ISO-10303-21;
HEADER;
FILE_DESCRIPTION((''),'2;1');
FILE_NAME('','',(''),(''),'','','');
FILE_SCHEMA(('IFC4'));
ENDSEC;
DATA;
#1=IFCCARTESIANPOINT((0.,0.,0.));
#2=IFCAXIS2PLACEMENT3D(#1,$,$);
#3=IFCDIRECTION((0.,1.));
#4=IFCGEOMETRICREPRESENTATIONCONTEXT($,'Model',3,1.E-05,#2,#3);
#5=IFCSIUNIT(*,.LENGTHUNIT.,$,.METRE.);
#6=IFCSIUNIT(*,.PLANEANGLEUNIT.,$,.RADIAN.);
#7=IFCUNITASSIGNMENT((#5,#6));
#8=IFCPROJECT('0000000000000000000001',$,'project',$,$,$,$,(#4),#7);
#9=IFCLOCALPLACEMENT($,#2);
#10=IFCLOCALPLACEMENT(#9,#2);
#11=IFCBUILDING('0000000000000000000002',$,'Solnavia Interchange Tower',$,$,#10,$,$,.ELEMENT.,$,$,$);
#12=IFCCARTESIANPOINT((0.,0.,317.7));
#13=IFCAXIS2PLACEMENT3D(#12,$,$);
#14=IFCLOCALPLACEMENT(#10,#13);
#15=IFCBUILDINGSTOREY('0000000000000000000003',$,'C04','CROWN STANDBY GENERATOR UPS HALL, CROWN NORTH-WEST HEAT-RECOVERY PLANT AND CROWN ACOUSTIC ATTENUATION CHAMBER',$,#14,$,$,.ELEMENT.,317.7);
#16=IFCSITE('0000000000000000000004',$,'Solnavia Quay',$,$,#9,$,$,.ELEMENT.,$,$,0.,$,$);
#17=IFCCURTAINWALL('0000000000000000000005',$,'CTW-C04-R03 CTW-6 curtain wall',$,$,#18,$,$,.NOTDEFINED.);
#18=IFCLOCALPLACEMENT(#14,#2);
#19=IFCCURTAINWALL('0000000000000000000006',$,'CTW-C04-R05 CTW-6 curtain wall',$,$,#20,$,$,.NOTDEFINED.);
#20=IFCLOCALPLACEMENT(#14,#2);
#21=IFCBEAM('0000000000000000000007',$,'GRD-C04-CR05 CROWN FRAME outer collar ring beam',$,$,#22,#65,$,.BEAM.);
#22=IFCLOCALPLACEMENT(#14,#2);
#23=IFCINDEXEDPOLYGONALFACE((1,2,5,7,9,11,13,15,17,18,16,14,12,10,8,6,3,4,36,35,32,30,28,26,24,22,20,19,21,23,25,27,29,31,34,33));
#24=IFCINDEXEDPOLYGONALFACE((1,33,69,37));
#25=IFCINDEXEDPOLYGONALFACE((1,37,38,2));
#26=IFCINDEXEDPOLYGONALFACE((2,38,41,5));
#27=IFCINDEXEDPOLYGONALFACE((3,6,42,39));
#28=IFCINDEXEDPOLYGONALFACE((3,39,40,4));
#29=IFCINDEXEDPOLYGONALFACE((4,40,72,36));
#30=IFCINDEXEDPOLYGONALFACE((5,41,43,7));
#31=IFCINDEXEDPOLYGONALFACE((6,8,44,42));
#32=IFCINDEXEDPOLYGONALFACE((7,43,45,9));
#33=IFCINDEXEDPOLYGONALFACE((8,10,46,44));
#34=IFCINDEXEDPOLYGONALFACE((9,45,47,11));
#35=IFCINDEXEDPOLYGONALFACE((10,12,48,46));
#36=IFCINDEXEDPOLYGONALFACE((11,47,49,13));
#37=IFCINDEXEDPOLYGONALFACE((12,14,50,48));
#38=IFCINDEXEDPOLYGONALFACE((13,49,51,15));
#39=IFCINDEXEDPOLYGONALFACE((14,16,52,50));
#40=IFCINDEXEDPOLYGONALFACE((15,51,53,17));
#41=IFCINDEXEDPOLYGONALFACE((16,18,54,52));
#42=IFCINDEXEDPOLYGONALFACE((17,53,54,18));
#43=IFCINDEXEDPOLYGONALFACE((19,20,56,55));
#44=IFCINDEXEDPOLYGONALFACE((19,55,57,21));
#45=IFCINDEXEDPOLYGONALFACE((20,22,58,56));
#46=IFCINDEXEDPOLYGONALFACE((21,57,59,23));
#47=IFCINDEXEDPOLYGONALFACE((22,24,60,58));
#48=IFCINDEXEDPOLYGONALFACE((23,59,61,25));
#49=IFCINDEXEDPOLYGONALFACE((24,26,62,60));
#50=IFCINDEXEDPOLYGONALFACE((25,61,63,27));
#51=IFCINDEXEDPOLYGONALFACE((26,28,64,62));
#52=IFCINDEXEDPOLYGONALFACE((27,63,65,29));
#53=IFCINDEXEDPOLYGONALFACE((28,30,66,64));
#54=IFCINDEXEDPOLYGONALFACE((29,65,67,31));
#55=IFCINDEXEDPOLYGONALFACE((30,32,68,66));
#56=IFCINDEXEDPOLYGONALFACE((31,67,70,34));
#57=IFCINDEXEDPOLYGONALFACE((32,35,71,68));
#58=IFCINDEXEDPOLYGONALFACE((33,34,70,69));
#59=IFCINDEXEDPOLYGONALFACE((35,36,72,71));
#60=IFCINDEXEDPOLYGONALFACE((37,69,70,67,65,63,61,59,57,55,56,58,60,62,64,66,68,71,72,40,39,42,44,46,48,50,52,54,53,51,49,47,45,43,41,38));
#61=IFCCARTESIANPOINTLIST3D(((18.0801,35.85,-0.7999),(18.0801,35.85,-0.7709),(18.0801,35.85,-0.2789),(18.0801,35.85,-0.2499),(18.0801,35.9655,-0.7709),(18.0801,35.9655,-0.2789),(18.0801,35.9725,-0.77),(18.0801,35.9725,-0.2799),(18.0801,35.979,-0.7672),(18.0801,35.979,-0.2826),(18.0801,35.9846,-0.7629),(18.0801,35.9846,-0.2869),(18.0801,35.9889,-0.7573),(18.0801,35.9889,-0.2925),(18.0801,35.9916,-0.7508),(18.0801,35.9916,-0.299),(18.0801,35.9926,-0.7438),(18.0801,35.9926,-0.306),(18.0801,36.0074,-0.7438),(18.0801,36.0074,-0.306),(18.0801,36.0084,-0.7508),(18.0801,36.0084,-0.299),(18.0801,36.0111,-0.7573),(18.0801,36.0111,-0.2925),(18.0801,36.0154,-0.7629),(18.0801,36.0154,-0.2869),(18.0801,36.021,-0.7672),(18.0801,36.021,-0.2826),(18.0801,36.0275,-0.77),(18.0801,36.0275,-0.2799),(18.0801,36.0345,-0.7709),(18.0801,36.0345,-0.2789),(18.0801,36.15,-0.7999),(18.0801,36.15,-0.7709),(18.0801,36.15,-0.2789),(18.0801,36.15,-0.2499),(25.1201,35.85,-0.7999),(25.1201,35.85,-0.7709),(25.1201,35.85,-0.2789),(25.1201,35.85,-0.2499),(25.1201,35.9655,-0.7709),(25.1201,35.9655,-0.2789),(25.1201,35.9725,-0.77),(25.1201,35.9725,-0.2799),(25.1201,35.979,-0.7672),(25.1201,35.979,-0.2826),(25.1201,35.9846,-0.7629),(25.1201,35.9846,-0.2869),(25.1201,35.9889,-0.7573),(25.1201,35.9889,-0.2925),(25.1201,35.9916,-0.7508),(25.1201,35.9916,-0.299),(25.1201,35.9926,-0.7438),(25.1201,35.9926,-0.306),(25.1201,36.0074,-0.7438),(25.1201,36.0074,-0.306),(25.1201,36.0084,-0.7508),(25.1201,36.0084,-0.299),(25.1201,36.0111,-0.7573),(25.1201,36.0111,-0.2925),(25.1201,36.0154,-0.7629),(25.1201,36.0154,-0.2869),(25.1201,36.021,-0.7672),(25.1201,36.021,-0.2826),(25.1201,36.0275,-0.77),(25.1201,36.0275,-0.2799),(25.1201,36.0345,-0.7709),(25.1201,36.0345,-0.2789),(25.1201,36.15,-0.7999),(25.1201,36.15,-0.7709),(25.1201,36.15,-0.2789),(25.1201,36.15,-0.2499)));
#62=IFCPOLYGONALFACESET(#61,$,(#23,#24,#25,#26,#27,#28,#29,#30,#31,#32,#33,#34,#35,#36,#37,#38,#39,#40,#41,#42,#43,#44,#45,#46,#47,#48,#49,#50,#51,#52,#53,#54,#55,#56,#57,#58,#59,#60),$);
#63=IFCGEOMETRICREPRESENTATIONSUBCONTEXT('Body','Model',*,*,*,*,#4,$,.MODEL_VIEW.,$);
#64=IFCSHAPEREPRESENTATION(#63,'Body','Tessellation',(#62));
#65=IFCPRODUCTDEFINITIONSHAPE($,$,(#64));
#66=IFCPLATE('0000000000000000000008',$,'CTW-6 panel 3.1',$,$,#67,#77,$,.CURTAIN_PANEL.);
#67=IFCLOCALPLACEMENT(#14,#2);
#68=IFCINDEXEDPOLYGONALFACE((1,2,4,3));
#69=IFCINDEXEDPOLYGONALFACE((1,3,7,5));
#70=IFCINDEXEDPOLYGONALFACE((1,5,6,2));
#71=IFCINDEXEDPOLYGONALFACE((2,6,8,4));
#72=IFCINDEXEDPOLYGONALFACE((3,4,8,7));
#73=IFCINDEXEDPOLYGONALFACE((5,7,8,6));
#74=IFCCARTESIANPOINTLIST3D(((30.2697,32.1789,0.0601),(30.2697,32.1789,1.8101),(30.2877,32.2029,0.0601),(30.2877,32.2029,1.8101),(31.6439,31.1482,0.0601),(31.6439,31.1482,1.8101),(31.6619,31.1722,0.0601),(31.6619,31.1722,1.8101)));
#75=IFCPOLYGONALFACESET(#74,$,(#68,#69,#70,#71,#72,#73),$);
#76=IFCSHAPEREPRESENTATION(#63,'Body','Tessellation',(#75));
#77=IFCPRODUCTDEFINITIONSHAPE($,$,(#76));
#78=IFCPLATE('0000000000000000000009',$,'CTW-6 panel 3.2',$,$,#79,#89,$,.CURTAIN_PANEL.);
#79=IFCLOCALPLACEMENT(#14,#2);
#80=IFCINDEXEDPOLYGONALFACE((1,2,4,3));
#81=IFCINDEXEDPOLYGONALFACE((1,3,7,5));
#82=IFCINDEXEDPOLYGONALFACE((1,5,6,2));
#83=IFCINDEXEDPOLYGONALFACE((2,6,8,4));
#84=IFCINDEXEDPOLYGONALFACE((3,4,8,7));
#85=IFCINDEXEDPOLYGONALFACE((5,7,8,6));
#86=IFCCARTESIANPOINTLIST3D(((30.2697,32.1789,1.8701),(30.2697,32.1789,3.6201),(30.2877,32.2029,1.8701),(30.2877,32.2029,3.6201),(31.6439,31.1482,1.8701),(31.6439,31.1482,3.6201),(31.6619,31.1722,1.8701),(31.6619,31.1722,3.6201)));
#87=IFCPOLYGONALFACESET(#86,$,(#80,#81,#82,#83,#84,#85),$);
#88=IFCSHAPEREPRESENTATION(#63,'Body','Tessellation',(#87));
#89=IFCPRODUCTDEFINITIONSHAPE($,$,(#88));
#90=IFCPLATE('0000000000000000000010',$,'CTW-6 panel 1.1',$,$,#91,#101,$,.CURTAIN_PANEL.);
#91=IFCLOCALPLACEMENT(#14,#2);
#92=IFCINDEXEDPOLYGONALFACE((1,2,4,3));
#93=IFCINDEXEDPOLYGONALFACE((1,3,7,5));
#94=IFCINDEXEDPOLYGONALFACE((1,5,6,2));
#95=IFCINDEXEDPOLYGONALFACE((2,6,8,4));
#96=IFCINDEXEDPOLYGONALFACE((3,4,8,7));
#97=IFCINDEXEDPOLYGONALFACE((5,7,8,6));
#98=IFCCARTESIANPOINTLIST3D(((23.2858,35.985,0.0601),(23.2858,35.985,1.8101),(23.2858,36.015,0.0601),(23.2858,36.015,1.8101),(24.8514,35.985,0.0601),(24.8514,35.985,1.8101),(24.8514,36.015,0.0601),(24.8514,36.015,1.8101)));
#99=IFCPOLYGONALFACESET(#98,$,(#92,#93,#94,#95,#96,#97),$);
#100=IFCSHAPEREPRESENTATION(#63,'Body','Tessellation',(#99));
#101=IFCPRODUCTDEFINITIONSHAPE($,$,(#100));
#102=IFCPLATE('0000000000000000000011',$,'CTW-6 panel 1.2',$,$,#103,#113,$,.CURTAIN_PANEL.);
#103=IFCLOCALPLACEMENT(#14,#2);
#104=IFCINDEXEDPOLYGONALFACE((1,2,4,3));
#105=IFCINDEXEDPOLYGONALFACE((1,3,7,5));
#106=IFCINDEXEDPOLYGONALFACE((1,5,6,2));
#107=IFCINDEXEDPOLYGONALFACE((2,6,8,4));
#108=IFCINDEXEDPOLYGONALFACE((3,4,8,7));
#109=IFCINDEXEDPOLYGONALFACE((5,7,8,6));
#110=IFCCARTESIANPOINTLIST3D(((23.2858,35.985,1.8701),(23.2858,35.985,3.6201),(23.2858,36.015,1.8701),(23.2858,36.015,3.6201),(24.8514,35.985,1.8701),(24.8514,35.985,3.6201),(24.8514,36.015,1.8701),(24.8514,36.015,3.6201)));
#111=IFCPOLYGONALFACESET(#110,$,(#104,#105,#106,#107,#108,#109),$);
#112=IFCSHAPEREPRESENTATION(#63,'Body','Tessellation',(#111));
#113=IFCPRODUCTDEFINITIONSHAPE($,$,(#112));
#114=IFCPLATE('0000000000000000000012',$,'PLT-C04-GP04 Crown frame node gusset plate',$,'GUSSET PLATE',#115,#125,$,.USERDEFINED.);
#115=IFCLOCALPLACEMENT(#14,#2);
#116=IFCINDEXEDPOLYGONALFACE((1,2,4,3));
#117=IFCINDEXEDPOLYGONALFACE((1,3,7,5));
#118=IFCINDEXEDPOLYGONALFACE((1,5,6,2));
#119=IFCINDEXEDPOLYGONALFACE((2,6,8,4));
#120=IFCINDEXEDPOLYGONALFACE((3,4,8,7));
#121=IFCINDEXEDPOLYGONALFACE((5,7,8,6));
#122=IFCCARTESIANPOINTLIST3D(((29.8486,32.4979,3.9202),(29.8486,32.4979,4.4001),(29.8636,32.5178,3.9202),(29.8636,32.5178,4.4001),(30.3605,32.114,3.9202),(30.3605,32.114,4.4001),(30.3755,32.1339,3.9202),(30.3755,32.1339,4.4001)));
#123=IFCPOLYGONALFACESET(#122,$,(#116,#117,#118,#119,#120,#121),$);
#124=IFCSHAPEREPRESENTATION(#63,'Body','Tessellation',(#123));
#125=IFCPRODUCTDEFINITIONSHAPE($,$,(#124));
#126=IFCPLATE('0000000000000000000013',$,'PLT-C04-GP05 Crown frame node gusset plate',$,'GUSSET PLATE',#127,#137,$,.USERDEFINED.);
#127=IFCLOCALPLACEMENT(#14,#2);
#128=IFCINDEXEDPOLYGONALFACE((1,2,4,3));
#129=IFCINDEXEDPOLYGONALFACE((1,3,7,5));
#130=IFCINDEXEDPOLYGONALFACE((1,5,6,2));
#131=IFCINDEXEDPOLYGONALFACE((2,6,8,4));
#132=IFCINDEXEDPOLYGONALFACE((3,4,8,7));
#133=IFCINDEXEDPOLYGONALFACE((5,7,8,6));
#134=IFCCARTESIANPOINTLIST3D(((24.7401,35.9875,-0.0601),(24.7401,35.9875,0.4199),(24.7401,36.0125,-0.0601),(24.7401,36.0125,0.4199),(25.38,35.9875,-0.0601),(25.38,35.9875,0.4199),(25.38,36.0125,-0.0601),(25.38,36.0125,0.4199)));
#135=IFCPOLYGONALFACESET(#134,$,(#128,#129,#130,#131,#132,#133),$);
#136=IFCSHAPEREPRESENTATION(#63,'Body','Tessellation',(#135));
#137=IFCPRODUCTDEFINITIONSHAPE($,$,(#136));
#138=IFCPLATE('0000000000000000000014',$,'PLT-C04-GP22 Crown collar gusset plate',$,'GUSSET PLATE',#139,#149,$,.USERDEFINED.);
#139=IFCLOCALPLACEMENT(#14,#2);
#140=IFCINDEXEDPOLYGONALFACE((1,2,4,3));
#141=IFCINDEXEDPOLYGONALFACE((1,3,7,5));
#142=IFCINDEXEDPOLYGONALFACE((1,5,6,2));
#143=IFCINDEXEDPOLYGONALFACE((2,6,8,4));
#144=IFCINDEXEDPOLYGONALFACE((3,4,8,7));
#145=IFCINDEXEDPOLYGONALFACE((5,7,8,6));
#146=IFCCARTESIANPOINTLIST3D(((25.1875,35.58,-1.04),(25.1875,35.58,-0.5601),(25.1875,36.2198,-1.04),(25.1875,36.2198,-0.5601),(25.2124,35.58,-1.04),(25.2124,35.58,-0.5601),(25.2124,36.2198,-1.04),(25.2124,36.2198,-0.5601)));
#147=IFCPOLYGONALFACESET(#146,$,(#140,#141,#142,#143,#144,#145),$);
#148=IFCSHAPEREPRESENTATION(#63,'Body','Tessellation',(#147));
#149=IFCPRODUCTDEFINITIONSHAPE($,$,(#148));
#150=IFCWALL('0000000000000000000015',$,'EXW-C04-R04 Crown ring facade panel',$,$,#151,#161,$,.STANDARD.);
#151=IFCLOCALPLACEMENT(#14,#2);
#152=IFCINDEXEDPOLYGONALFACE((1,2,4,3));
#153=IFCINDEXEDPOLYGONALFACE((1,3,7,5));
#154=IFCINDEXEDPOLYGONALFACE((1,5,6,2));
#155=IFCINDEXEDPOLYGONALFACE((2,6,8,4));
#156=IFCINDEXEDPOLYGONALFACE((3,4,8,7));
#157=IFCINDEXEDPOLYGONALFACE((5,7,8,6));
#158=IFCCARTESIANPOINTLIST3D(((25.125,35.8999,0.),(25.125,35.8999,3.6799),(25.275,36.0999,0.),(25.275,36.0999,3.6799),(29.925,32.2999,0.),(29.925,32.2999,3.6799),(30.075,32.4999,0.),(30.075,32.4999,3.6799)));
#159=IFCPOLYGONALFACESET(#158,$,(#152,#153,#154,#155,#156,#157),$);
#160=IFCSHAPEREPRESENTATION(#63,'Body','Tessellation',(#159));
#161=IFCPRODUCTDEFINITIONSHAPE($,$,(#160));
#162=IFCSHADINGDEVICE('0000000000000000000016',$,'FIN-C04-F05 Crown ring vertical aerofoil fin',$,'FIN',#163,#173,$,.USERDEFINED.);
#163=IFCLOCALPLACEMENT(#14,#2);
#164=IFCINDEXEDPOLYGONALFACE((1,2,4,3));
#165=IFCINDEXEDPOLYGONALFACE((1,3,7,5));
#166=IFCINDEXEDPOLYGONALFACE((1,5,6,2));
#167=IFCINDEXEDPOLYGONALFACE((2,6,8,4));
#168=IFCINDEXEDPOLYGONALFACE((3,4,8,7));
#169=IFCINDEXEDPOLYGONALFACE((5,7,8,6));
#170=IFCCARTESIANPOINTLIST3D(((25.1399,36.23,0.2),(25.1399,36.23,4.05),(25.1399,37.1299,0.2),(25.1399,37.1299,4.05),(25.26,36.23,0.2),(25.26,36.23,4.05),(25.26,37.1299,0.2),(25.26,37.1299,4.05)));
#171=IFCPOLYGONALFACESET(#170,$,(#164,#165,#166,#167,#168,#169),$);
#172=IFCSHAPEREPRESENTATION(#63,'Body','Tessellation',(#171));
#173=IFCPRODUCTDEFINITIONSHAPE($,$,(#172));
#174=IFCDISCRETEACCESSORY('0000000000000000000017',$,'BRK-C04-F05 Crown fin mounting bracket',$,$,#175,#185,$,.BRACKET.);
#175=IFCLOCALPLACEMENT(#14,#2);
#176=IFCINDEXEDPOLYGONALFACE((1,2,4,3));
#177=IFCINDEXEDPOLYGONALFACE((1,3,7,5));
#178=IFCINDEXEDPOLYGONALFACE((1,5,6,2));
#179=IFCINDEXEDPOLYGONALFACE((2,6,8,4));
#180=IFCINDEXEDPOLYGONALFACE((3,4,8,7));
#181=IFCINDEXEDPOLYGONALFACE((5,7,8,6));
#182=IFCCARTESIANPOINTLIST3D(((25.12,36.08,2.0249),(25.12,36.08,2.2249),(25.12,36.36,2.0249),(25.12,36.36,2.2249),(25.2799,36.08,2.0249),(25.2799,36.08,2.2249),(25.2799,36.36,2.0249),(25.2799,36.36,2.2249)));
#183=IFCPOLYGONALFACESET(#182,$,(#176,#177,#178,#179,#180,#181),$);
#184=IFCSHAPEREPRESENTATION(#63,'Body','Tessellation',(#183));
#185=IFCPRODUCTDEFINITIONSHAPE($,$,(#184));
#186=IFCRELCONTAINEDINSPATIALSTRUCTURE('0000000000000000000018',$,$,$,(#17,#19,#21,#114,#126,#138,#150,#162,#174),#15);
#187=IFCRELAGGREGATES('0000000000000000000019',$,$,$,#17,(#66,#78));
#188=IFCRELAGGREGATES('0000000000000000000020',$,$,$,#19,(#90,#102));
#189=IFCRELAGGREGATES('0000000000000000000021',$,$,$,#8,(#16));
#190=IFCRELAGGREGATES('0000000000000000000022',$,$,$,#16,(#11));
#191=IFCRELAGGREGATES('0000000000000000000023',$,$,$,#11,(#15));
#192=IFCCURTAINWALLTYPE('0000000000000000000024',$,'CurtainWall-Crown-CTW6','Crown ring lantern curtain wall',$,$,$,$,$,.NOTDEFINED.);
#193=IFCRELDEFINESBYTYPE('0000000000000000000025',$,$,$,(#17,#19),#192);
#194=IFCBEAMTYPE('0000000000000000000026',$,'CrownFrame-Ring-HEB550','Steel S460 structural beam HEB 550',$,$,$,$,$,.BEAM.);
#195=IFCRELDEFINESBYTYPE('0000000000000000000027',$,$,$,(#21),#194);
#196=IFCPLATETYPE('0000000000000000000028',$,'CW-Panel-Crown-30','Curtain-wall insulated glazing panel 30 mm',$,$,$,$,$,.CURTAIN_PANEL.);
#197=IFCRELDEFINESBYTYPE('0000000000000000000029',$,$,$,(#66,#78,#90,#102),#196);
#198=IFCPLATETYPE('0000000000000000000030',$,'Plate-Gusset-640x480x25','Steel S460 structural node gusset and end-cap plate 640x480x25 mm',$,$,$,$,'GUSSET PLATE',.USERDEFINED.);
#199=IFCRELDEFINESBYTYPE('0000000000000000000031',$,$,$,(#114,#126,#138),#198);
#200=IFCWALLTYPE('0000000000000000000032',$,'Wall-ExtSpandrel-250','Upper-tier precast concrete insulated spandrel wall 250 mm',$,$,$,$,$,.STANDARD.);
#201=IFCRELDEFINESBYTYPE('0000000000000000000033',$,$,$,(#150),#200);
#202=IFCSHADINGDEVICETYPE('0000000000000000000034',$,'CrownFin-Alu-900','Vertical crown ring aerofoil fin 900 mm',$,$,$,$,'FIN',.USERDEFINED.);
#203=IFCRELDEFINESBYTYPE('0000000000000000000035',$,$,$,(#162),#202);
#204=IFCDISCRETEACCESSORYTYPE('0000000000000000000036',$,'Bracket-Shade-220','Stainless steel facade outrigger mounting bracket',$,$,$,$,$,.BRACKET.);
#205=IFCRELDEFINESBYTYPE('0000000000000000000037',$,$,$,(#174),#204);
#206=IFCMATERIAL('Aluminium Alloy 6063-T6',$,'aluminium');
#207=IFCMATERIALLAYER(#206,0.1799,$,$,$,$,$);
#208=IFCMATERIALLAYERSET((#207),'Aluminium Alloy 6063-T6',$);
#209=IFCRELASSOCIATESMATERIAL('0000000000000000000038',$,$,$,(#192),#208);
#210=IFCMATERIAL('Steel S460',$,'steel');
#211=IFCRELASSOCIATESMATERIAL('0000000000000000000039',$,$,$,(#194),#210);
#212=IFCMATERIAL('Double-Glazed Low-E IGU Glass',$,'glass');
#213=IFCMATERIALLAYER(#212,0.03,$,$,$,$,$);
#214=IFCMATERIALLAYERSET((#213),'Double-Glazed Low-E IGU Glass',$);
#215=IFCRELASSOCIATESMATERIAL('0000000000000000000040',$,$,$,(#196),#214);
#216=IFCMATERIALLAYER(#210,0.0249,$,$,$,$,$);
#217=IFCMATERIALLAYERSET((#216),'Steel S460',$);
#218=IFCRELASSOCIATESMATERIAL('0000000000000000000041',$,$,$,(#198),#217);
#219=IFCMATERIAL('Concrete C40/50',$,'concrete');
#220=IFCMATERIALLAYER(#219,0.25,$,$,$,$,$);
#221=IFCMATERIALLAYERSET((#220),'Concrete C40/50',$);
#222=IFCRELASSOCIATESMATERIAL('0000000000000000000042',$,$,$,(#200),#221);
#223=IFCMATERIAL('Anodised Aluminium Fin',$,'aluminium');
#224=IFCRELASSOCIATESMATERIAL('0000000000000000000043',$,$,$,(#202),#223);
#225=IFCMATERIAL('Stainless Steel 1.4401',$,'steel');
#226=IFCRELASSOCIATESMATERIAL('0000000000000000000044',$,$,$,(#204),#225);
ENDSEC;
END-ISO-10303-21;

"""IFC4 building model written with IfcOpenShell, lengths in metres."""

from ifc_helpers import new_model, si_unit, direction, frame, frame_2d, origin, origin_2d, place, context, subcontext, project, spatial, rectangle, i_section, extrude, material, layer, layer_set, material_profile, profile_set, type_object, element, aggregate, save


model = new_model("IFC4")

# Units and contexts
model_context = context("Model", 3, precision=1e-05, world=origin(), true_north=direction((0.0, 1.0)))
body_context = subcontext(model_context, "Body", "Model", "MODEL_VIEW")
ifc_project = project(units=[si_unit("LENGTHUNIT", "METRE"), si_unit("PLANEANGLEUNIT", "RADIAN")], contexts=[model_context])

# Site, building, storey
site_placement = place(None, origin())
site = spatial("IfcSite", under=ifc_project, at=site_placement, Name="Solnavia Quay", CompositionType="ELEMENT", RefElevation=0.0)
building_placement = place(site_placement, origin())
building = spatial("IfcBuilding", under=site, at=building_placement, Name="Solnavia Interchange Tower", CompositionType="ELEMENT")
storey_placement = place(building_placement, frame((0.0, 0.0, 317.7)))
storey = spatial("IfcBuildingStorey", under=building, at=storey_placement, Name="C04", Description="CROWN STANDBY GENERATOR UPS HALL, CROWN NORTH-WEST HEAT-RECOVERY PLANT AND CROWN ACOUSTIC ATTENUATION CHAMBER", CompositionType="ELEMENT", Elevation=317.7)

# Shared definitions
ifc_material_1 = material(Name="Steel S460", Category="steel")

# Curtain wall
ifc_material_2 = material(Name="Aluminium Alloy 6063-T6", Category="aluminium")
ifc_layer_1 = layer(ifc_material_2, 0.1799)
ifc_layer_set_1 = layer_set([ifc_layer_1], Name="Aluminium Alloy 6063-T6")
curtain_wall_type = type_object("IfcCurtainWallType", Name="CurtainWall-Crown-CTW6", Description="Crown ring lantern curtain wall", PredefinedType="NOTDEFINED", material=ifc_layer_set_1)
curtain_wall_1_placement = place(storey_placement, origin())
curtain_wall_1 = element("IfcCurtainWall", 1, at=curtain_wall_1_placement, inside=storey, type_object=curtain_wall_type, Name="CTW-C04-R03 CTW-6 curtain wall", PredefinedType="NOTDEFINED")

# Curtain wall
curtain_wall_2_placement = place(storey_placement, origin())
curtain_wall_2 = element("IfcCurtainWall", 2, at=curtain_wall_2_placement, inside=storey, type_object=curtain_wall_type, Name="CTW-C04-R05 CTW-6 curtain wall", PredefinedType="NOTDEFINED")

# Beam
ifc_material_profile_1 = material_profile(ifc_material_1, i_section(OverallWidth=0.3, OverallDepth=0.55, WebThickness=0.0149, FlangeThickness=0.0291, FilletRadius=0.0271, at=origin_2d()), Name="HEB 550")
ifc_profile_set_1 = profile_set([ifc_material_profile_1], Name="Steel S460")
beam_type = type_object("IfcBeamType", Name="CrownFrame-Ring-HEB550", Description="Steel S460 structural beam HEB 550", PredefinedType="BEAM", material=ifc_profile_set_1)
beam_1_placement = place(storey_placement, frame((25.1201, 36.0, -0.5249), z_axis=(-1.0, 0.0, 0.0), x_axis=(0.0, -1.0, 0.0)))
element("IfcBeam", 3, at=beam_1_placement, inside=storey, type_object=beam_type, Name="GRD-C04-CR05 CROWN FRAME outer collar ring beam", PredefinedType="BEAM", context=body_context, shape_type="SweptSolid", body=[
    extrude(i_section(OverallWidth=0.3, OverallDepth=0.55, WebThickness=0.0149, FlangeThickness=0.0291, FilletRadius=0.0271, at=origin_2d()), origin(), (0.0, 0.0, 1.0), 7.04),
])

# Plates
ifc_material_3 = material(Name="Double-Glazed Low-E IGU Glass", Category="glass")
ifc_layer_2 = layer(ifc_material_3, 0.03)
ifc_layer_set_2 = layer_set([ifc_layer_2], Name="Double-Glazed Low-E IGU Glass")
plate_type_1 = type_object("IfcPlateType", Name="CW-Panel-Crown-30", Description="Curtain-wall insulated glazing panel 30 mm", PredefinedType="CURTAIN_PANEL", material=ifc_layer_set_2)
plate_1_placement = place(storey_placement, frame((30.9658, 31.6755, 0.0601), z_axis=(0.0, 0.0, 1.0), x_axis=(-0.8, 0.6, 0.0)))
plate_1 = element("IfcPlate", 4, at=plate_1_placement, type_object=plate_type_1, Name="CTW-6 panel 3.1", PredefinedType="CURTAIN_PANEL", context=body_context, shape_type="SweptSolid", body=[
    extrude(rectangle(XDim=1.7178, YDim=0.03, at=origin_2d()), origin(), (0.0, 0.0, 1.0), 1.75),
])
plate_2_placement = place(storey_placement, frame((30.9658, 31.6755, 1.8701), z_axis=(0.0, 0.0, 1.0), x_axis=(-0.8, 0.6, 0.0)))
plate_2 = element("IfcPlate", 5, at=plate_2_placement, type_object=plate_type_1, Name="CTW-6 panel 3.2", PredefinedType="CURTAIN_PANEL", context=body_context, shape_type="SweptSolid", body=[
    extrude(rectangle(XDim=1.7178, YDim=0.03, at=origin_2d()), origin(), (0.0, 0.0, 1.0), 1.75),
])
aggregate(curtain_wall_1, [plate_1, plate_2])
plate_3_placement = place(storey_placement, frame((24.0686, 36.0, 0.0601), z_axis=(0.0, 0.0, 1.0), x_axis=(-1.0, 0.0, 0.0)))
plate_3 = element("IfcPlate", 6, at=plate_3_placement, type_object=plate_type_1, Name="CTW-6 panel 1.1", PredefinedType="CURTAIN_PANEL", context=body_context, shape_type="SweptSolid", body=[
    extrude(rectangle(XDim=1.5657, YDim=0.03, at=origin_2d()), origin(), (0.0, 0.0, 1.0), 1.75),
])
plate_4_placement = place(storey_placement, frame((24.0686, 36.0, 1.8701), z_axis=(0.0, 0.0, 1.0), x_axis=(-1.0, 0.0, 0.0)))
plate_4 = element("IfcPlate", 7, at=plate_4_placement, type_object=plate_type_1, Name="CTW-6 panel 1.2", PredefinedType="CURTAIN_PANEL", context=body_context, shape_type="SweptSolid", body=[
    extrude(rectangle(XDim=1.5657, YDim=0.03, at=origin_2d()), origin(), (0.0, 0.0, 1.0), 1.75),
])
aggregate(curtain_wall_2, [plate_3, plate_4])

# Plates
ifc_layer_3 = layer(ifc_material_1, 0.0249)
ifc_layer_set_3 = layer_set([ifc_layer_3], Name="Steel S460")
plate_type_2 = type_object("IfcPlateType", Name="Plate-Gusset-640x480x25", Description="Steel S460 structural node gusset and end-cap plate 640x480x25 mm", ElementType="GUSSET PLATE", PredefinedType="USERDEFINED", material=ifc_layer_set_3)
for number, where, z_axis, x_axis, name in (
    (8, (30.1121, 32.3159, 3.9202), (0.0, 0.0, 1.0), (-0.799999, 0.600001, 0.0), "PLT-C04-GP04 Crown frame node gusset plate"),
    (9, (25.0601, 36.0, -0.0601), (0.0, 0.0, 1.0), (-1.0, 0.0, 0.0), "PLT-C04-GP05 Crown frame node gusset plate"),
    (10, (25.2, 35.8999, -1.04), (0.0, 0.0, 1.0), (0.0, 1.0, 0.0), "PLT-C04-GP22 Crown collar gusset plate"),
):
    element("IfcPlate", number, at=place(storey_placement, frame(where, z_axis=z_axis, x_axis=x_axis)), inside=storey, type_object=plate_type_2, Name=name, ObjectType="GUSSET PLATE", PredefinedType="USERDEFINED", context=body_context, shape_type="SweptSolid", body=[
        extrude(rectangle(XDim=0.6399, YDim=0.0249, at=origin_2d()), origin(), (0.0, 0.0, 1.0), 0.48),
    ])

# Wall
ifc_material_4 = material(Name="Concrete C40/50", Category="concrete")
ifc_layer_4 = layer(ifc_material_4, 0.25)
ifc_layer_set_4 = layer_set([ifc_layer_4], Name="Concrete C40/50")
wall_type = type_object("IfcWallType", Name="Wall-ExtSpandrel-250", Description="Upper-tier precast concrete insulated spandrel wall 250 mm", PredefinedType="STANDARD", material=ifc_layer_set_4)
wall_placement = place(storey_placement, frame((30.0, 32.3999, 0.0), z_axis=(0.0, 0.0, 1.0), x_axis=(-0.799995, 0.600007, 0.0)))
element("IfcWall", 11, at=wall_placement, inside=storey, type_object=wall_type, Name="EXW-C04-R04 Crown ring facade panel", PredefinedType="STANDARD", context=body_context, shape_type="SweptSolid", body=[
    extrude(rectangle(XDim=6.0, YDim=0.25, at=frame_2d((3.0, 0.0))), origin(), (0.0, 0.0, 1.0), 3.6799),
])

# Shading device
ifc_material_5 = material(Name="Anodised Aluminium Fin", Category="aluminium")
shading_device_type = type_object("IfcShadingDeviceType", Name="CrownFin-Alu-900", Description="Vertical crown ring aerofoil fin 900 mm", ElementType="FIN", PredefinedType="USERDEFINED", material=ifc_material_5)
shading_device_placement = place(storey_placement, frame((25.2, 36.6799, 0.2), z_axis=(0.0, 0.0, 1.0), x_axis=(0.0, 1.0, 0.0)))
element("IfcShadingDevice", 12, at=shading_device_placement, inside=storey, type_object=shading_device_type, Name="FIN-C04-F05 Crown ring vertical aerofoil fin", ObjectType="FIN", PredefinedType="USERDEFINED", context=body_context, shape_type="SweptSolid", body=[
    extrude(rectangle(XDim=0.8999, YDim=0.1201, at=origin_2d()), origin(), (0.0, 0.0, 1.0), 3.8501),
])

# Discrete accessory
ifc_material_6 = material(Name="Stainless Steel 1.4401", Category="steel")
discrete_accessory_type = type_object("IfcDiscreteAccessoryType", Name="Bracket-Shade-220", Description="Stainless steel facade outrigger mounting bracket", PredefinedType="BRACKET", material=ifc_material_6)
discrete_accessory_placement = place(storey_placement, frame((25.2, 36.22, 2.0249), z_axis=(0.0, 0.0, 1.0), x_axis=(0.0, 1.0, 0.0)))
element("IfcDiscreteAccessory", 13, at=discrete_accessory_placement, inside=storey, type_object=discrete_accessory_type, Name="BRK-C04-F05 Crown fin mounting bracket", PredefinedType="BRACKET", context=body_context, shape_type="SweptSolid", body=[
    extrude(rectangle(XDim=0.28, YDim=0.1599, at=origin_2d()), origin(), (0.0, 0.0, 1.0), 0.2),
])

save(model, "model.ifc")
